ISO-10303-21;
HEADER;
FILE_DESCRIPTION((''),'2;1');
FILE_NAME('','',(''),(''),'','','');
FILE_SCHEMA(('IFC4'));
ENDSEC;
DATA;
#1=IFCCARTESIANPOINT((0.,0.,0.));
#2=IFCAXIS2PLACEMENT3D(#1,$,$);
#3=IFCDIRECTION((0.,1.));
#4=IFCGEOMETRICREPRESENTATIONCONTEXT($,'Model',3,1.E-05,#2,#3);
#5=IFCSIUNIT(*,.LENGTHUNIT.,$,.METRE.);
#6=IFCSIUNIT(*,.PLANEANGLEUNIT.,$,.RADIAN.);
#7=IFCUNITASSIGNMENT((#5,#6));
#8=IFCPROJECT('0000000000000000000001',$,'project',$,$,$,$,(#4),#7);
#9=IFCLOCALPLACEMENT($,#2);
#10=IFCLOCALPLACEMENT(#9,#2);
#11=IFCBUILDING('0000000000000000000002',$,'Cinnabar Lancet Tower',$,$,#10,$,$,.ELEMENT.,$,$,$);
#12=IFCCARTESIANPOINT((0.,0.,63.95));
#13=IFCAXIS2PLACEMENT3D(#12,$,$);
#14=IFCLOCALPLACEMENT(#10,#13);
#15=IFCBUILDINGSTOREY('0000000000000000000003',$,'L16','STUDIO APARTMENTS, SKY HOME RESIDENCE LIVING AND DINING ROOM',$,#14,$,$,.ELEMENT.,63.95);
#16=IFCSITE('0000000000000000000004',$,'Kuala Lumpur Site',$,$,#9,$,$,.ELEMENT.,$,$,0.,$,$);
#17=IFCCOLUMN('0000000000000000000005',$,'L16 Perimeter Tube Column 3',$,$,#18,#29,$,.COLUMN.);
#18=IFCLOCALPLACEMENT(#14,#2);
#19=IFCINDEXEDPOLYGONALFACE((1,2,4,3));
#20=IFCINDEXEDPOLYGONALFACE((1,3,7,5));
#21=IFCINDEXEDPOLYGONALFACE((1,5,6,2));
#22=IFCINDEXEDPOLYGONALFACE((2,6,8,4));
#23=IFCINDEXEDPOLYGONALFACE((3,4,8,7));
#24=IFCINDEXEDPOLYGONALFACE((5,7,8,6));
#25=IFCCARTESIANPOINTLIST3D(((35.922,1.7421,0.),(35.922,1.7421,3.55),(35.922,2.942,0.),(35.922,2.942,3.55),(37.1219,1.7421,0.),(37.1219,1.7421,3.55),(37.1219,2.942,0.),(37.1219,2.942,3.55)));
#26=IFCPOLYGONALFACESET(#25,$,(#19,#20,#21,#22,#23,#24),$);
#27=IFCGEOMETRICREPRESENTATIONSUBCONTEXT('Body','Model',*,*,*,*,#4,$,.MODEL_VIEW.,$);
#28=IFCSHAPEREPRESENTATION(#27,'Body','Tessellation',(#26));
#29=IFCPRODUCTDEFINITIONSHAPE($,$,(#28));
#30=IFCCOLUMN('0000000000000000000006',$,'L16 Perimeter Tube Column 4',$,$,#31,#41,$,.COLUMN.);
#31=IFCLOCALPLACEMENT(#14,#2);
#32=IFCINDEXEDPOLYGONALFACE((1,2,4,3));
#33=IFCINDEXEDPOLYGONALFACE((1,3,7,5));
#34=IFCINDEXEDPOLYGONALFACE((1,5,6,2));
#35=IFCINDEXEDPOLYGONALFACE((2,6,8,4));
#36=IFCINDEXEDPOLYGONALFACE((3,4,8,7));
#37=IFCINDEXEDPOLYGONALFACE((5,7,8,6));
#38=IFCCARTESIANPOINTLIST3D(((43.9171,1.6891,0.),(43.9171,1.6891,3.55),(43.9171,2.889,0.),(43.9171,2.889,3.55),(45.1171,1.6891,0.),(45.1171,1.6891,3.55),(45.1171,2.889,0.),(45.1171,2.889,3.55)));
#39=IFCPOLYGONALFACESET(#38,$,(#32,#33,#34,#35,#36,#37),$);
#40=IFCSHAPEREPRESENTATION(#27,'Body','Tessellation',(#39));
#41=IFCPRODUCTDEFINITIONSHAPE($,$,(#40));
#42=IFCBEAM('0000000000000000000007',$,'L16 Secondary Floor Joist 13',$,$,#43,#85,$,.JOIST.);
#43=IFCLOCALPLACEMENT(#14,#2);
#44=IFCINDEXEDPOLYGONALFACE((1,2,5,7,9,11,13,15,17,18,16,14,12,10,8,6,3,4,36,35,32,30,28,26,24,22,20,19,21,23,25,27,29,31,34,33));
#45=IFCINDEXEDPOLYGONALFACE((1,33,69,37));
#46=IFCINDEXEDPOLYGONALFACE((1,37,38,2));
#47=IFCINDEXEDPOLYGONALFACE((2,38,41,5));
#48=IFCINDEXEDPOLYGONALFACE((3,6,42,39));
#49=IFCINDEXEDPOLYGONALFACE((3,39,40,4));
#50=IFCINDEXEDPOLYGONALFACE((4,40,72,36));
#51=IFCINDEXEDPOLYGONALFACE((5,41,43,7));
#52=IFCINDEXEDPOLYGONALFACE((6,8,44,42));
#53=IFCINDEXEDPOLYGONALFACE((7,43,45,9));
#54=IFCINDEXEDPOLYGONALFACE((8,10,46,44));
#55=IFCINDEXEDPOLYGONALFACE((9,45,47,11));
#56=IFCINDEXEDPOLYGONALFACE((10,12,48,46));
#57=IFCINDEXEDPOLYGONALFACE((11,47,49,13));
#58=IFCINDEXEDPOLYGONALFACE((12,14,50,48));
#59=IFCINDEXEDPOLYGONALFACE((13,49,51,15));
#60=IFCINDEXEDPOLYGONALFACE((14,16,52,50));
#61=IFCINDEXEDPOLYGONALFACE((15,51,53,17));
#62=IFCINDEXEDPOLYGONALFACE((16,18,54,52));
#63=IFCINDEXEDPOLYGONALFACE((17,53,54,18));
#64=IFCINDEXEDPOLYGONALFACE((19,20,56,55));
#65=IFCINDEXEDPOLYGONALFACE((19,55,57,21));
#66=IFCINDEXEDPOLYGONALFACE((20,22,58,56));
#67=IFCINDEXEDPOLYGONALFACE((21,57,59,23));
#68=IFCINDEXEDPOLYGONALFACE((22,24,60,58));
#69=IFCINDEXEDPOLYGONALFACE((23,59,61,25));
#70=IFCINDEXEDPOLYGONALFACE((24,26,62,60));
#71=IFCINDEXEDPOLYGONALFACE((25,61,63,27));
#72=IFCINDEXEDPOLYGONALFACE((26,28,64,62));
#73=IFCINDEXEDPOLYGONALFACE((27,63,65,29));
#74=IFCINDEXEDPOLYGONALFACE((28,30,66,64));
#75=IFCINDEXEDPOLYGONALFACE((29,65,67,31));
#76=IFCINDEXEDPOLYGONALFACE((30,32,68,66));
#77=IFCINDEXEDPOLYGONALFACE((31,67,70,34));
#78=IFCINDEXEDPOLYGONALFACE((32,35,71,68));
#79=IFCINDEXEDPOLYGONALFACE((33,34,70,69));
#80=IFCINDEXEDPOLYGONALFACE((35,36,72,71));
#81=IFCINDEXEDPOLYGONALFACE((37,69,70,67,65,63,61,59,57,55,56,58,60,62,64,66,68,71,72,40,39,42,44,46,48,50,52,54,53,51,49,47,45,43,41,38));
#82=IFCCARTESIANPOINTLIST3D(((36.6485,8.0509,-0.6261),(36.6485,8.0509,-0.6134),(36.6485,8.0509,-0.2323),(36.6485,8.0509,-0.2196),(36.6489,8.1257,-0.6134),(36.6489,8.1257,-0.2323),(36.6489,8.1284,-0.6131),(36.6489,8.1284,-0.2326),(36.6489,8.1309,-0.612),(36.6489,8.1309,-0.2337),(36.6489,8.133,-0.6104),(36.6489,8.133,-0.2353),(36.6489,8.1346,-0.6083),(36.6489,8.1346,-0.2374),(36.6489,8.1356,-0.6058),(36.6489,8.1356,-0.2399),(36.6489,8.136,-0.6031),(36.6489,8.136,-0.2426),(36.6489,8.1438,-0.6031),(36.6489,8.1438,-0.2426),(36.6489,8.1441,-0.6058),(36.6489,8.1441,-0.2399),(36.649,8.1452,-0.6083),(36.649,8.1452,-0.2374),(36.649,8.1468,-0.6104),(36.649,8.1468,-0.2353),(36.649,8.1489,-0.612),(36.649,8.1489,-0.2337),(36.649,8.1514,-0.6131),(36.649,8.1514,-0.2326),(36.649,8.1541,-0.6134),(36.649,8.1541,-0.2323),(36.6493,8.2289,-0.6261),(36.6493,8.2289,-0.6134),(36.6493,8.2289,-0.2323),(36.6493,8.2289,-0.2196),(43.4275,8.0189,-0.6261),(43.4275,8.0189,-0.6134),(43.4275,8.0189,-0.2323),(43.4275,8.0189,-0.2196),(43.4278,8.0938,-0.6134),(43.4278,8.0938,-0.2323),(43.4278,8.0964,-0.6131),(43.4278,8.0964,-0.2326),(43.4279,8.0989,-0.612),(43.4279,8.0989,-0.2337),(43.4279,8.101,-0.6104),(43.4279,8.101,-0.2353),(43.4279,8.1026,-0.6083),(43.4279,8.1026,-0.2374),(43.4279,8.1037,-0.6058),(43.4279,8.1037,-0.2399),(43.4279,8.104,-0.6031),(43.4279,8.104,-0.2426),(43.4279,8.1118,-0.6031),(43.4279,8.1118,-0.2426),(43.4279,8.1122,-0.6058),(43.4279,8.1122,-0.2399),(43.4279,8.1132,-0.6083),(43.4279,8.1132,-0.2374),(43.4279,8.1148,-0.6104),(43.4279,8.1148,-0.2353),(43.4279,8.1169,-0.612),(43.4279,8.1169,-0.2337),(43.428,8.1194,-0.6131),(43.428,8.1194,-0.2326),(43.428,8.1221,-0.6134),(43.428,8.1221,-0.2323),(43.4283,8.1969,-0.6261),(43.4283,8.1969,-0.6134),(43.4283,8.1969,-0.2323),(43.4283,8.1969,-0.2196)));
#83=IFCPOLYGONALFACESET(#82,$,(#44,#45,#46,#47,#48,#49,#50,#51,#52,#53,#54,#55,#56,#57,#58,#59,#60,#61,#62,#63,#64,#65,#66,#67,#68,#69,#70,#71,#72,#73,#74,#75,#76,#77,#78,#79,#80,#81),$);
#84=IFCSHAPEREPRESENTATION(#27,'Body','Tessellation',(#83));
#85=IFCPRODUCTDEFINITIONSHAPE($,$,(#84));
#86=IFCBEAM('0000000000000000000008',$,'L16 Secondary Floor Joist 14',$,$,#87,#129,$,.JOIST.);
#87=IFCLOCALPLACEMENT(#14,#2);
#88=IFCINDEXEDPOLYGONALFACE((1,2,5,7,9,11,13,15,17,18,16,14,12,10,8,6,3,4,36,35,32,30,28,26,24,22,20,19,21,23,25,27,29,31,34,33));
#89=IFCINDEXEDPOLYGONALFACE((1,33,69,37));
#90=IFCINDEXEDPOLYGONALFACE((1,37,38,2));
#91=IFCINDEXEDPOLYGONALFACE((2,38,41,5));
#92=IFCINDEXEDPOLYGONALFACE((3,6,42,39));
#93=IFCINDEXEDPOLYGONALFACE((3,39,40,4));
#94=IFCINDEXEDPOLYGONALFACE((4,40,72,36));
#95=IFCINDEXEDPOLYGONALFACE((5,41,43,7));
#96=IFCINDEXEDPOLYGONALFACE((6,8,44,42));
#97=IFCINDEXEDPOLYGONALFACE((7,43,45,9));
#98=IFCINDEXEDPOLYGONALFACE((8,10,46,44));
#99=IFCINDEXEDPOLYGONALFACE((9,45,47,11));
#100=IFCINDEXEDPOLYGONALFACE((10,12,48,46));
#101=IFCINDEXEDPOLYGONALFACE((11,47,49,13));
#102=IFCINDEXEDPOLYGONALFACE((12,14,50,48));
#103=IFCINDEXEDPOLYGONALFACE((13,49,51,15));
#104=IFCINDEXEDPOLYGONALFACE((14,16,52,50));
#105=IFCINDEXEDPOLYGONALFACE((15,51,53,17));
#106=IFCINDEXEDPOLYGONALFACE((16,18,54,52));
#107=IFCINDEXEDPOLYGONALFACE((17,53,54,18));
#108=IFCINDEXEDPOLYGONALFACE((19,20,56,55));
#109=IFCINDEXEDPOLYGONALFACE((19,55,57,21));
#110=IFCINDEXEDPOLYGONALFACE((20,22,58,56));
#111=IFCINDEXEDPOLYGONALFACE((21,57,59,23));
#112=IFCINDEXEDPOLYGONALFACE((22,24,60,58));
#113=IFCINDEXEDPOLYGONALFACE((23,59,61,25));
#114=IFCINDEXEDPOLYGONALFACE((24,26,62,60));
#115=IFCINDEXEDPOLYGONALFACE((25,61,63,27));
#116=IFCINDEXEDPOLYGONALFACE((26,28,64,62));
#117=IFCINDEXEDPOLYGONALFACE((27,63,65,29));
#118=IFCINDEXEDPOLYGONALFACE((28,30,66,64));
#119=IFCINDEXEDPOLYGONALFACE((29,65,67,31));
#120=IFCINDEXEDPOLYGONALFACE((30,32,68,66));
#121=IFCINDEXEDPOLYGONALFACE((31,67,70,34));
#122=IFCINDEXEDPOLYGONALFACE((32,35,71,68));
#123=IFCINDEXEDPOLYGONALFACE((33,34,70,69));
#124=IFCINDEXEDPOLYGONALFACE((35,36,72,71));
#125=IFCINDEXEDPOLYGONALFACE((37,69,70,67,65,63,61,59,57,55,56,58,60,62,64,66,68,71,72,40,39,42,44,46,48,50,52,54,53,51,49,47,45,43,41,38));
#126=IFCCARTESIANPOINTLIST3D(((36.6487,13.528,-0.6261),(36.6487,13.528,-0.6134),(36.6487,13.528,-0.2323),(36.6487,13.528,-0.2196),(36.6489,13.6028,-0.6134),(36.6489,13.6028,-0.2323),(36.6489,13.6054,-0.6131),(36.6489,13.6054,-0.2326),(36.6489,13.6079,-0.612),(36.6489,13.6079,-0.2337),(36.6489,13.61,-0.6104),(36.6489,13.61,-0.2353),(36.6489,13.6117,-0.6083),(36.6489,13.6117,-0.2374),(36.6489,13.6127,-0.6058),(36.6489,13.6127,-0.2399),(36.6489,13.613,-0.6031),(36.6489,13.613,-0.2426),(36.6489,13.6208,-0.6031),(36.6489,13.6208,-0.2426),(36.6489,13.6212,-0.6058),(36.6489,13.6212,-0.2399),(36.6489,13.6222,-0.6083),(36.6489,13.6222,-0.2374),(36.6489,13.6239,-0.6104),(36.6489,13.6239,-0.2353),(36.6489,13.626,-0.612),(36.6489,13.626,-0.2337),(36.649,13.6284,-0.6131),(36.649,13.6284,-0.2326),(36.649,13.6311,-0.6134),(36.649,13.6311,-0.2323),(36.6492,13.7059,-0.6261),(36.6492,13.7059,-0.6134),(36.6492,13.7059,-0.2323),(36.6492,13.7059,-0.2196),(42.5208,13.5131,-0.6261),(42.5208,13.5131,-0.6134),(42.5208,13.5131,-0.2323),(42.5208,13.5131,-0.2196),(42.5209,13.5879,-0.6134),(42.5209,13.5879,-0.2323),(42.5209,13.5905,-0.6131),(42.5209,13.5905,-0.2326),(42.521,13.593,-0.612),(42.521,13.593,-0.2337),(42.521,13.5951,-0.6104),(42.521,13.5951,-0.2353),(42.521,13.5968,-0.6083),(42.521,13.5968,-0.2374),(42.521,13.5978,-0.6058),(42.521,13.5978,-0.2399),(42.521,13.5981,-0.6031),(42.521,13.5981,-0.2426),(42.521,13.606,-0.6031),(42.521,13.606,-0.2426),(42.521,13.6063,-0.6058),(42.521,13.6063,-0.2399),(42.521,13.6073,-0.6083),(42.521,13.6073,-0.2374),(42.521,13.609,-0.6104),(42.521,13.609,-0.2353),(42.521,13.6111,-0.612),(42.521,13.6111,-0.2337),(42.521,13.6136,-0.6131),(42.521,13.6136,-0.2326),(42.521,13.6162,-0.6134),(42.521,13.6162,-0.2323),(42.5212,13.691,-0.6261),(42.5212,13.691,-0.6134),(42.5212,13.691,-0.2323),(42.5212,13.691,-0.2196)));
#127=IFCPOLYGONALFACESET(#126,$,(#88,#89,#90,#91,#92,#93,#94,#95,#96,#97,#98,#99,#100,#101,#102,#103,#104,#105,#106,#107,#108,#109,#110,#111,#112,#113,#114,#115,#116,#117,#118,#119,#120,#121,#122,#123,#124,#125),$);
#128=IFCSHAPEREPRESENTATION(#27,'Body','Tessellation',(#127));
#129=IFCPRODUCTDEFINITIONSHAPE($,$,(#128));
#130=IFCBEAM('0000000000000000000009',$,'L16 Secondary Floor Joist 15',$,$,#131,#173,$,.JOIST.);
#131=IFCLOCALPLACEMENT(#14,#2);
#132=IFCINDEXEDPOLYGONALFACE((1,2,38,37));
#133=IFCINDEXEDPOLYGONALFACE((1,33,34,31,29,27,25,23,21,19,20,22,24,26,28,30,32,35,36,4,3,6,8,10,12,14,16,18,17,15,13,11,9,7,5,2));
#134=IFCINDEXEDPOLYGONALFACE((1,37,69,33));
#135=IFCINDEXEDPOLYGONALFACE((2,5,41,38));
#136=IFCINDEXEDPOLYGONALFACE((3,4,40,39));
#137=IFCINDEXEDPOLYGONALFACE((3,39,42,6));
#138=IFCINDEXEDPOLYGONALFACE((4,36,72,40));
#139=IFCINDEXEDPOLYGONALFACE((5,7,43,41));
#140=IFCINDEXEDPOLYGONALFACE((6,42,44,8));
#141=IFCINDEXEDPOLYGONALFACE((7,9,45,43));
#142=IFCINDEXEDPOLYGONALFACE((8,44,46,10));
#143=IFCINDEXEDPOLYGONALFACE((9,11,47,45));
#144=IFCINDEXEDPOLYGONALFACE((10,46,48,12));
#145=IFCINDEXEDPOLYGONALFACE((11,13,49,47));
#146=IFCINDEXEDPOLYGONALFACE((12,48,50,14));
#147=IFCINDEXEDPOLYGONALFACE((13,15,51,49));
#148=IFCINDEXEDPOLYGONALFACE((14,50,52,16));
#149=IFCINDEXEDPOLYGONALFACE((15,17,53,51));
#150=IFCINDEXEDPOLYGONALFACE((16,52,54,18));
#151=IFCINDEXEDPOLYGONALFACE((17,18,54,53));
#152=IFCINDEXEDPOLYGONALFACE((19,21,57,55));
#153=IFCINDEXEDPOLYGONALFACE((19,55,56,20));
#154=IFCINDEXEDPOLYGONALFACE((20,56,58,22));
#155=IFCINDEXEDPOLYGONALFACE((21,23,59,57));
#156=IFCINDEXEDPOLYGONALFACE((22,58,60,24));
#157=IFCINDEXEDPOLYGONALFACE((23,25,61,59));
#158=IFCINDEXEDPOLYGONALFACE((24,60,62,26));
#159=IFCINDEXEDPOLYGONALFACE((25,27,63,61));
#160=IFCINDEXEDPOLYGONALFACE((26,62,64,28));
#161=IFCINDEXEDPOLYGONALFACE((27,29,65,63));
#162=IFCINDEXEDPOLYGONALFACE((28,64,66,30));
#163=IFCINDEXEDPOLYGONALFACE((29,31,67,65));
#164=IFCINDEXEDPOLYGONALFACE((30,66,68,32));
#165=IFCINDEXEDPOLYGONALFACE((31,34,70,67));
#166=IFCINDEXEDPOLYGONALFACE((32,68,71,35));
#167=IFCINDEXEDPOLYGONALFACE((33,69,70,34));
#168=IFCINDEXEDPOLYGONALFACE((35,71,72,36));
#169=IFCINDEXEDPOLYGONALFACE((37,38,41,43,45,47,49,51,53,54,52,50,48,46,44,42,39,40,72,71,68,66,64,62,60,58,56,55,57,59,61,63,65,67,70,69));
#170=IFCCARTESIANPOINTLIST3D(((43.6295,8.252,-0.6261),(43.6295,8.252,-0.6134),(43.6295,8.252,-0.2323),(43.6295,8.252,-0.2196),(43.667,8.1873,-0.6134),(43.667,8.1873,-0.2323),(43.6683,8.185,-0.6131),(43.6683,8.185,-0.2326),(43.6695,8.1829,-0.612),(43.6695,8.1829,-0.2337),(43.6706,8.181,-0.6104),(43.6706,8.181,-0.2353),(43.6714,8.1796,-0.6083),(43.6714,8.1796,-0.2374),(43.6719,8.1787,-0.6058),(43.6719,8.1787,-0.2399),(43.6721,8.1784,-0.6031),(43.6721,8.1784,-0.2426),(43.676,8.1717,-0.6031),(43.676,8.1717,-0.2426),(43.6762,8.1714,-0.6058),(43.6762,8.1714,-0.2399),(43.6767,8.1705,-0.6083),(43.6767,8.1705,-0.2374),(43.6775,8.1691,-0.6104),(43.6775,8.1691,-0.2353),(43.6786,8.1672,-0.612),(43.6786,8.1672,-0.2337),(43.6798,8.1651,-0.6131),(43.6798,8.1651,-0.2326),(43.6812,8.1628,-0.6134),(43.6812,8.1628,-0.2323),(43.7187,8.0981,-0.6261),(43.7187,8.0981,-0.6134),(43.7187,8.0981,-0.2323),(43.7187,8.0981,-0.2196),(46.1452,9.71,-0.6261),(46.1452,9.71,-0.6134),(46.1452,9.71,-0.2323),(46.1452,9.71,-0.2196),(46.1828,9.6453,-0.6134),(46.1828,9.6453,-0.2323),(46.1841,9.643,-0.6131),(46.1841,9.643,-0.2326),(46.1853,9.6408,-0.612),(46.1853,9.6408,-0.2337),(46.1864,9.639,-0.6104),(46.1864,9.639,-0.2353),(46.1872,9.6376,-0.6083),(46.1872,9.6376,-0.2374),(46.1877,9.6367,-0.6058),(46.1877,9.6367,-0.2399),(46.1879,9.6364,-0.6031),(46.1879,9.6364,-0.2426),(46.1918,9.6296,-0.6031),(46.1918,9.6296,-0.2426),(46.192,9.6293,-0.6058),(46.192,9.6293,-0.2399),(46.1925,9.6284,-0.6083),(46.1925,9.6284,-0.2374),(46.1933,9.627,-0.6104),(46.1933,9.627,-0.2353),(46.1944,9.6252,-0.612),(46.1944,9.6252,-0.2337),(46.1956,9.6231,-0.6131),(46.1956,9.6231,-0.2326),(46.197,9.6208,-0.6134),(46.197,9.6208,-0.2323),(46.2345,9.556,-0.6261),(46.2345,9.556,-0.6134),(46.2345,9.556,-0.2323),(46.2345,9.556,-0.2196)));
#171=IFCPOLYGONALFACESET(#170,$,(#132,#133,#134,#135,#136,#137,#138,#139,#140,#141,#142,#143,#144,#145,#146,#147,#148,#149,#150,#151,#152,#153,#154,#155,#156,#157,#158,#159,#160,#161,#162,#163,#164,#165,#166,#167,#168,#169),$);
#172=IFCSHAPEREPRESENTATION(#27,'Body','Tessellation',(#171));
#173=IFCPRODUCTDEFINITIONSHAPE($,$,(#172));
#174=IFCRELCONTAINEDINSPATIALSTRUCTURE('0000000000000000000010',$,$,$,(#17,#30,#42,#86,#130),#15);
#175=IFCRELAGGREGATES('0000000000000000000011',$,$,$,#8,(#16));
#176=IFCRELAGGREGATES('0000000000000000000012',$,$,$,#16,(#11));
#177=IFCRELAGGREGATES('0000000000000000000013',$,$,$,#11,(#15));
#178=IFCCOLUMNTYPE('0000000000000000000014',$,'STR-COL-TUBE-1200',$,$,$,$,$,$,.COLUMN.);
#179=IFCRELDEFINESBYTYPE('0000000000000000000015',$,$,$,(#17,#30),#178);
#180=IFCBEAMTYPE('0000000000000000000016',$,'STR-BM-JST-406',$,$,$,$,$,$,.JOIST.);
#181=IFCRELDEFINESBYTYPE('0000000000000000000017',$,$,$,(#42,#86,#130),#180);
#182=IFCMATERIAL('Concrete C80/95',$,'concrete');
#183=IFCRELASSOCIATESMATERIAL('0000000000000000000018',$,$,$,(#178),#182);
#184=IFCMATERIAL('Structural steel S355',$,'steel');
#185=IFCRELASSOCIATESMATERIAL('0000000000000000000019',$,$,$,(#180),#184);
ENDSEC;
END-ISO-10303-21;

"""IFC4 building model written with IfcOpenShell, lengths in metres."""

from ifc_helpers import new_model, si_unit, direction, frame, origin, origin_2d, place, context, subcontext, project, spatial, rectangle, i_section, extrude, material, material_profile, profile_set, type_object, element, save


model = new_model("IFC4")

# Units and contexts
model_context = context("Model", 3, precision=1e-05, world=origin(), true_north=direction((0.0, 1.0)))
body_context = subcontext(model_context, "Body", "Model", "MODEL_VIEW")
ifc_project = project(units=[si_unit("LENGTHUNIT", "METRE"), si_unit("PLANEANGLEUNIT", "RADIAN")], contexts=[model_context])

# Site, building, storey
site_placement = place(None, origin())
site = spatial("IfcSite", under=ifc_project, at=site_placement, Name="Kuala Lumpur Site", CompositionType="ELEMENT", RefElevation=0.0)
building_placement = place(site_placement, origin())
building = spatial("IfcBuilding", under=site, at=building_placement, Name="Cinnabar Lancet Tower", CompositionType="ELEMENT")
storey_placement = place(building_placement, frame((0.0, 0.0, 63.95)))
storey = spatial("IfcBuildingStorey", under=building, at=storey_placement, Name="L16", Description="STUDIO APARTMENTS, SKY HOME RESIDENCE LIVING AND DINING ROOM", CompositionType="ELEMENT", Elevation=63.95)

# Columns
ifc_material_1 = material(Name="Concrete C80/95", Category="concrete")
ifc_material_profile_1 = material_profile(ifc_material_1, rectangle(XDim=1.2, YDim=1.2, at=origin_2d()), Name="RC-COL 1200x1200")
ifc_profile_set_1 = profile_set([ifc_material_profile_1], Name="Concrete C80/95")
column_type = type_object("IfcColumnType", Name="STR-COL-TUBE-1200", PredefinedType="COLUMN", material=ifc_profile_set_1)
for number, where, z_axis, x_axis, name in (
    (1, (36.522, 2.342, 0.0), (0.0, 0.0, 1.0), (1.0, 0.0, 0.0), "L16 Perimeter Tube Column 3"),
    (2, (44.5171, 2.2891, 0.0), (0.0, 0.0, 1.0), (1.0, 0.0, 0.0), "L16 Perimeter Tube Column 4"),
):
    element("IfcColumn", number, at=place(storey_placement, frame(where, z_axis=z_axis, x_axis=x_axis)), inside=storey, type_object=column_type, Name=name, PredefinedType="COLUMN", context=body_context, shape_type="SweptSolid", body=[
        extrude(rectangle(XDim=1.2, YDim=1.2, at=origin_2d()), origin(), (0.0, 0.0, 1.0), 3.55),
    ])

# Beams
ifc_material_2 = material(Name="Structural steel S355", Category="steel")
ifc_material_profile_2 = material_profile(ifc_material_2, i_section(OverallWidth=0.178, OverallDepth=0.4065, WebThickness=0.0078, FlangeThickness=0.0127, FilletRadius=0.0103, at=origin_2d()), Name="UKB 406x178x60")
ifc_profile_set_2 = profile_set([ifc_material_profile_2], Name="Structural steel S355")
beam_type_1 = type_object("IfcBeamType", Name="STR-BM-JST-406", PredefinedType="JOIST", material=ifc_profile_set_2)
beam_1_placement = place(storey_placement, frame((36.6489, 8.1399, -0.4229), z_axis=(0.999989, -0.004718, 0.0), x_axis=(0.004718, 0.999989, 0.0)))
element("IfcBeam", 3, at=beam_1_placement, inside=storey, type_object=beam_type_1, Name="L16 Secondary Floor Joist 13", PredefinedType="JOIST", context=body_context, shape_type="SweptSolid", body=[
    extrude(i_section(OverallWidth=0.178, OverallDepth=0.4065, WebThickness=0.0078, FlangeThickness=0.0127, FilletRadius=0.0103, at=origin_2d()), origin(), (0.0, 0.0, 1.0), 6.7791),
])
beam_2_placement = place(storey_placement, frame((36.6489, 13.6169, -0.4229), z_axis=(0.999997, -0.002536, 0.0), x_axis=(0.002536, 0.999997, 0.0)))
element("IfcBeam", 4, at=beam_2_placement, inside=storey, type_object=beam_type_1, Name="L16 Secondary Floor Joist 14", PredefinedType="JOIST", context=body_context, shape_type="SweptSolid", body=[
    extrude(i_section(OverallWidth=0.178, OverallDepth=0.4065, WebThickness=0.0078, FlangeThickness=0.0127, FilletRadius=0.0103, at=origin_2d()), origin(), (0.0, 0.0, 1.0), 5.8721),
])
beam_3_placement = place(storey_placement, frame((43.6741, 8.175, -0.4229), z_axis=(0.86521, 0.50141, 0.0), x_axis=(-0.50141, 0.86521, 0.0)))
element("IfcBeam", 5, at=beam_3_placement, inside=storey, type_object=beam_type_1, Name="L16 Secondary Floor Joist 15", PredefinedType="JOIST", context=body_context, shape_type="SweptSolid", body=[
    extrude(i_section(OverallWidth=0.178, OverallDepth=0.4065, WebThickness=0.0078, FlangeThickness=0.0127, FilletRadius=0.0103, at=origin_2d()), origin(), (0.0, 0.0, 1.0), 2.9077),
])

save(model, "model.ifc")
